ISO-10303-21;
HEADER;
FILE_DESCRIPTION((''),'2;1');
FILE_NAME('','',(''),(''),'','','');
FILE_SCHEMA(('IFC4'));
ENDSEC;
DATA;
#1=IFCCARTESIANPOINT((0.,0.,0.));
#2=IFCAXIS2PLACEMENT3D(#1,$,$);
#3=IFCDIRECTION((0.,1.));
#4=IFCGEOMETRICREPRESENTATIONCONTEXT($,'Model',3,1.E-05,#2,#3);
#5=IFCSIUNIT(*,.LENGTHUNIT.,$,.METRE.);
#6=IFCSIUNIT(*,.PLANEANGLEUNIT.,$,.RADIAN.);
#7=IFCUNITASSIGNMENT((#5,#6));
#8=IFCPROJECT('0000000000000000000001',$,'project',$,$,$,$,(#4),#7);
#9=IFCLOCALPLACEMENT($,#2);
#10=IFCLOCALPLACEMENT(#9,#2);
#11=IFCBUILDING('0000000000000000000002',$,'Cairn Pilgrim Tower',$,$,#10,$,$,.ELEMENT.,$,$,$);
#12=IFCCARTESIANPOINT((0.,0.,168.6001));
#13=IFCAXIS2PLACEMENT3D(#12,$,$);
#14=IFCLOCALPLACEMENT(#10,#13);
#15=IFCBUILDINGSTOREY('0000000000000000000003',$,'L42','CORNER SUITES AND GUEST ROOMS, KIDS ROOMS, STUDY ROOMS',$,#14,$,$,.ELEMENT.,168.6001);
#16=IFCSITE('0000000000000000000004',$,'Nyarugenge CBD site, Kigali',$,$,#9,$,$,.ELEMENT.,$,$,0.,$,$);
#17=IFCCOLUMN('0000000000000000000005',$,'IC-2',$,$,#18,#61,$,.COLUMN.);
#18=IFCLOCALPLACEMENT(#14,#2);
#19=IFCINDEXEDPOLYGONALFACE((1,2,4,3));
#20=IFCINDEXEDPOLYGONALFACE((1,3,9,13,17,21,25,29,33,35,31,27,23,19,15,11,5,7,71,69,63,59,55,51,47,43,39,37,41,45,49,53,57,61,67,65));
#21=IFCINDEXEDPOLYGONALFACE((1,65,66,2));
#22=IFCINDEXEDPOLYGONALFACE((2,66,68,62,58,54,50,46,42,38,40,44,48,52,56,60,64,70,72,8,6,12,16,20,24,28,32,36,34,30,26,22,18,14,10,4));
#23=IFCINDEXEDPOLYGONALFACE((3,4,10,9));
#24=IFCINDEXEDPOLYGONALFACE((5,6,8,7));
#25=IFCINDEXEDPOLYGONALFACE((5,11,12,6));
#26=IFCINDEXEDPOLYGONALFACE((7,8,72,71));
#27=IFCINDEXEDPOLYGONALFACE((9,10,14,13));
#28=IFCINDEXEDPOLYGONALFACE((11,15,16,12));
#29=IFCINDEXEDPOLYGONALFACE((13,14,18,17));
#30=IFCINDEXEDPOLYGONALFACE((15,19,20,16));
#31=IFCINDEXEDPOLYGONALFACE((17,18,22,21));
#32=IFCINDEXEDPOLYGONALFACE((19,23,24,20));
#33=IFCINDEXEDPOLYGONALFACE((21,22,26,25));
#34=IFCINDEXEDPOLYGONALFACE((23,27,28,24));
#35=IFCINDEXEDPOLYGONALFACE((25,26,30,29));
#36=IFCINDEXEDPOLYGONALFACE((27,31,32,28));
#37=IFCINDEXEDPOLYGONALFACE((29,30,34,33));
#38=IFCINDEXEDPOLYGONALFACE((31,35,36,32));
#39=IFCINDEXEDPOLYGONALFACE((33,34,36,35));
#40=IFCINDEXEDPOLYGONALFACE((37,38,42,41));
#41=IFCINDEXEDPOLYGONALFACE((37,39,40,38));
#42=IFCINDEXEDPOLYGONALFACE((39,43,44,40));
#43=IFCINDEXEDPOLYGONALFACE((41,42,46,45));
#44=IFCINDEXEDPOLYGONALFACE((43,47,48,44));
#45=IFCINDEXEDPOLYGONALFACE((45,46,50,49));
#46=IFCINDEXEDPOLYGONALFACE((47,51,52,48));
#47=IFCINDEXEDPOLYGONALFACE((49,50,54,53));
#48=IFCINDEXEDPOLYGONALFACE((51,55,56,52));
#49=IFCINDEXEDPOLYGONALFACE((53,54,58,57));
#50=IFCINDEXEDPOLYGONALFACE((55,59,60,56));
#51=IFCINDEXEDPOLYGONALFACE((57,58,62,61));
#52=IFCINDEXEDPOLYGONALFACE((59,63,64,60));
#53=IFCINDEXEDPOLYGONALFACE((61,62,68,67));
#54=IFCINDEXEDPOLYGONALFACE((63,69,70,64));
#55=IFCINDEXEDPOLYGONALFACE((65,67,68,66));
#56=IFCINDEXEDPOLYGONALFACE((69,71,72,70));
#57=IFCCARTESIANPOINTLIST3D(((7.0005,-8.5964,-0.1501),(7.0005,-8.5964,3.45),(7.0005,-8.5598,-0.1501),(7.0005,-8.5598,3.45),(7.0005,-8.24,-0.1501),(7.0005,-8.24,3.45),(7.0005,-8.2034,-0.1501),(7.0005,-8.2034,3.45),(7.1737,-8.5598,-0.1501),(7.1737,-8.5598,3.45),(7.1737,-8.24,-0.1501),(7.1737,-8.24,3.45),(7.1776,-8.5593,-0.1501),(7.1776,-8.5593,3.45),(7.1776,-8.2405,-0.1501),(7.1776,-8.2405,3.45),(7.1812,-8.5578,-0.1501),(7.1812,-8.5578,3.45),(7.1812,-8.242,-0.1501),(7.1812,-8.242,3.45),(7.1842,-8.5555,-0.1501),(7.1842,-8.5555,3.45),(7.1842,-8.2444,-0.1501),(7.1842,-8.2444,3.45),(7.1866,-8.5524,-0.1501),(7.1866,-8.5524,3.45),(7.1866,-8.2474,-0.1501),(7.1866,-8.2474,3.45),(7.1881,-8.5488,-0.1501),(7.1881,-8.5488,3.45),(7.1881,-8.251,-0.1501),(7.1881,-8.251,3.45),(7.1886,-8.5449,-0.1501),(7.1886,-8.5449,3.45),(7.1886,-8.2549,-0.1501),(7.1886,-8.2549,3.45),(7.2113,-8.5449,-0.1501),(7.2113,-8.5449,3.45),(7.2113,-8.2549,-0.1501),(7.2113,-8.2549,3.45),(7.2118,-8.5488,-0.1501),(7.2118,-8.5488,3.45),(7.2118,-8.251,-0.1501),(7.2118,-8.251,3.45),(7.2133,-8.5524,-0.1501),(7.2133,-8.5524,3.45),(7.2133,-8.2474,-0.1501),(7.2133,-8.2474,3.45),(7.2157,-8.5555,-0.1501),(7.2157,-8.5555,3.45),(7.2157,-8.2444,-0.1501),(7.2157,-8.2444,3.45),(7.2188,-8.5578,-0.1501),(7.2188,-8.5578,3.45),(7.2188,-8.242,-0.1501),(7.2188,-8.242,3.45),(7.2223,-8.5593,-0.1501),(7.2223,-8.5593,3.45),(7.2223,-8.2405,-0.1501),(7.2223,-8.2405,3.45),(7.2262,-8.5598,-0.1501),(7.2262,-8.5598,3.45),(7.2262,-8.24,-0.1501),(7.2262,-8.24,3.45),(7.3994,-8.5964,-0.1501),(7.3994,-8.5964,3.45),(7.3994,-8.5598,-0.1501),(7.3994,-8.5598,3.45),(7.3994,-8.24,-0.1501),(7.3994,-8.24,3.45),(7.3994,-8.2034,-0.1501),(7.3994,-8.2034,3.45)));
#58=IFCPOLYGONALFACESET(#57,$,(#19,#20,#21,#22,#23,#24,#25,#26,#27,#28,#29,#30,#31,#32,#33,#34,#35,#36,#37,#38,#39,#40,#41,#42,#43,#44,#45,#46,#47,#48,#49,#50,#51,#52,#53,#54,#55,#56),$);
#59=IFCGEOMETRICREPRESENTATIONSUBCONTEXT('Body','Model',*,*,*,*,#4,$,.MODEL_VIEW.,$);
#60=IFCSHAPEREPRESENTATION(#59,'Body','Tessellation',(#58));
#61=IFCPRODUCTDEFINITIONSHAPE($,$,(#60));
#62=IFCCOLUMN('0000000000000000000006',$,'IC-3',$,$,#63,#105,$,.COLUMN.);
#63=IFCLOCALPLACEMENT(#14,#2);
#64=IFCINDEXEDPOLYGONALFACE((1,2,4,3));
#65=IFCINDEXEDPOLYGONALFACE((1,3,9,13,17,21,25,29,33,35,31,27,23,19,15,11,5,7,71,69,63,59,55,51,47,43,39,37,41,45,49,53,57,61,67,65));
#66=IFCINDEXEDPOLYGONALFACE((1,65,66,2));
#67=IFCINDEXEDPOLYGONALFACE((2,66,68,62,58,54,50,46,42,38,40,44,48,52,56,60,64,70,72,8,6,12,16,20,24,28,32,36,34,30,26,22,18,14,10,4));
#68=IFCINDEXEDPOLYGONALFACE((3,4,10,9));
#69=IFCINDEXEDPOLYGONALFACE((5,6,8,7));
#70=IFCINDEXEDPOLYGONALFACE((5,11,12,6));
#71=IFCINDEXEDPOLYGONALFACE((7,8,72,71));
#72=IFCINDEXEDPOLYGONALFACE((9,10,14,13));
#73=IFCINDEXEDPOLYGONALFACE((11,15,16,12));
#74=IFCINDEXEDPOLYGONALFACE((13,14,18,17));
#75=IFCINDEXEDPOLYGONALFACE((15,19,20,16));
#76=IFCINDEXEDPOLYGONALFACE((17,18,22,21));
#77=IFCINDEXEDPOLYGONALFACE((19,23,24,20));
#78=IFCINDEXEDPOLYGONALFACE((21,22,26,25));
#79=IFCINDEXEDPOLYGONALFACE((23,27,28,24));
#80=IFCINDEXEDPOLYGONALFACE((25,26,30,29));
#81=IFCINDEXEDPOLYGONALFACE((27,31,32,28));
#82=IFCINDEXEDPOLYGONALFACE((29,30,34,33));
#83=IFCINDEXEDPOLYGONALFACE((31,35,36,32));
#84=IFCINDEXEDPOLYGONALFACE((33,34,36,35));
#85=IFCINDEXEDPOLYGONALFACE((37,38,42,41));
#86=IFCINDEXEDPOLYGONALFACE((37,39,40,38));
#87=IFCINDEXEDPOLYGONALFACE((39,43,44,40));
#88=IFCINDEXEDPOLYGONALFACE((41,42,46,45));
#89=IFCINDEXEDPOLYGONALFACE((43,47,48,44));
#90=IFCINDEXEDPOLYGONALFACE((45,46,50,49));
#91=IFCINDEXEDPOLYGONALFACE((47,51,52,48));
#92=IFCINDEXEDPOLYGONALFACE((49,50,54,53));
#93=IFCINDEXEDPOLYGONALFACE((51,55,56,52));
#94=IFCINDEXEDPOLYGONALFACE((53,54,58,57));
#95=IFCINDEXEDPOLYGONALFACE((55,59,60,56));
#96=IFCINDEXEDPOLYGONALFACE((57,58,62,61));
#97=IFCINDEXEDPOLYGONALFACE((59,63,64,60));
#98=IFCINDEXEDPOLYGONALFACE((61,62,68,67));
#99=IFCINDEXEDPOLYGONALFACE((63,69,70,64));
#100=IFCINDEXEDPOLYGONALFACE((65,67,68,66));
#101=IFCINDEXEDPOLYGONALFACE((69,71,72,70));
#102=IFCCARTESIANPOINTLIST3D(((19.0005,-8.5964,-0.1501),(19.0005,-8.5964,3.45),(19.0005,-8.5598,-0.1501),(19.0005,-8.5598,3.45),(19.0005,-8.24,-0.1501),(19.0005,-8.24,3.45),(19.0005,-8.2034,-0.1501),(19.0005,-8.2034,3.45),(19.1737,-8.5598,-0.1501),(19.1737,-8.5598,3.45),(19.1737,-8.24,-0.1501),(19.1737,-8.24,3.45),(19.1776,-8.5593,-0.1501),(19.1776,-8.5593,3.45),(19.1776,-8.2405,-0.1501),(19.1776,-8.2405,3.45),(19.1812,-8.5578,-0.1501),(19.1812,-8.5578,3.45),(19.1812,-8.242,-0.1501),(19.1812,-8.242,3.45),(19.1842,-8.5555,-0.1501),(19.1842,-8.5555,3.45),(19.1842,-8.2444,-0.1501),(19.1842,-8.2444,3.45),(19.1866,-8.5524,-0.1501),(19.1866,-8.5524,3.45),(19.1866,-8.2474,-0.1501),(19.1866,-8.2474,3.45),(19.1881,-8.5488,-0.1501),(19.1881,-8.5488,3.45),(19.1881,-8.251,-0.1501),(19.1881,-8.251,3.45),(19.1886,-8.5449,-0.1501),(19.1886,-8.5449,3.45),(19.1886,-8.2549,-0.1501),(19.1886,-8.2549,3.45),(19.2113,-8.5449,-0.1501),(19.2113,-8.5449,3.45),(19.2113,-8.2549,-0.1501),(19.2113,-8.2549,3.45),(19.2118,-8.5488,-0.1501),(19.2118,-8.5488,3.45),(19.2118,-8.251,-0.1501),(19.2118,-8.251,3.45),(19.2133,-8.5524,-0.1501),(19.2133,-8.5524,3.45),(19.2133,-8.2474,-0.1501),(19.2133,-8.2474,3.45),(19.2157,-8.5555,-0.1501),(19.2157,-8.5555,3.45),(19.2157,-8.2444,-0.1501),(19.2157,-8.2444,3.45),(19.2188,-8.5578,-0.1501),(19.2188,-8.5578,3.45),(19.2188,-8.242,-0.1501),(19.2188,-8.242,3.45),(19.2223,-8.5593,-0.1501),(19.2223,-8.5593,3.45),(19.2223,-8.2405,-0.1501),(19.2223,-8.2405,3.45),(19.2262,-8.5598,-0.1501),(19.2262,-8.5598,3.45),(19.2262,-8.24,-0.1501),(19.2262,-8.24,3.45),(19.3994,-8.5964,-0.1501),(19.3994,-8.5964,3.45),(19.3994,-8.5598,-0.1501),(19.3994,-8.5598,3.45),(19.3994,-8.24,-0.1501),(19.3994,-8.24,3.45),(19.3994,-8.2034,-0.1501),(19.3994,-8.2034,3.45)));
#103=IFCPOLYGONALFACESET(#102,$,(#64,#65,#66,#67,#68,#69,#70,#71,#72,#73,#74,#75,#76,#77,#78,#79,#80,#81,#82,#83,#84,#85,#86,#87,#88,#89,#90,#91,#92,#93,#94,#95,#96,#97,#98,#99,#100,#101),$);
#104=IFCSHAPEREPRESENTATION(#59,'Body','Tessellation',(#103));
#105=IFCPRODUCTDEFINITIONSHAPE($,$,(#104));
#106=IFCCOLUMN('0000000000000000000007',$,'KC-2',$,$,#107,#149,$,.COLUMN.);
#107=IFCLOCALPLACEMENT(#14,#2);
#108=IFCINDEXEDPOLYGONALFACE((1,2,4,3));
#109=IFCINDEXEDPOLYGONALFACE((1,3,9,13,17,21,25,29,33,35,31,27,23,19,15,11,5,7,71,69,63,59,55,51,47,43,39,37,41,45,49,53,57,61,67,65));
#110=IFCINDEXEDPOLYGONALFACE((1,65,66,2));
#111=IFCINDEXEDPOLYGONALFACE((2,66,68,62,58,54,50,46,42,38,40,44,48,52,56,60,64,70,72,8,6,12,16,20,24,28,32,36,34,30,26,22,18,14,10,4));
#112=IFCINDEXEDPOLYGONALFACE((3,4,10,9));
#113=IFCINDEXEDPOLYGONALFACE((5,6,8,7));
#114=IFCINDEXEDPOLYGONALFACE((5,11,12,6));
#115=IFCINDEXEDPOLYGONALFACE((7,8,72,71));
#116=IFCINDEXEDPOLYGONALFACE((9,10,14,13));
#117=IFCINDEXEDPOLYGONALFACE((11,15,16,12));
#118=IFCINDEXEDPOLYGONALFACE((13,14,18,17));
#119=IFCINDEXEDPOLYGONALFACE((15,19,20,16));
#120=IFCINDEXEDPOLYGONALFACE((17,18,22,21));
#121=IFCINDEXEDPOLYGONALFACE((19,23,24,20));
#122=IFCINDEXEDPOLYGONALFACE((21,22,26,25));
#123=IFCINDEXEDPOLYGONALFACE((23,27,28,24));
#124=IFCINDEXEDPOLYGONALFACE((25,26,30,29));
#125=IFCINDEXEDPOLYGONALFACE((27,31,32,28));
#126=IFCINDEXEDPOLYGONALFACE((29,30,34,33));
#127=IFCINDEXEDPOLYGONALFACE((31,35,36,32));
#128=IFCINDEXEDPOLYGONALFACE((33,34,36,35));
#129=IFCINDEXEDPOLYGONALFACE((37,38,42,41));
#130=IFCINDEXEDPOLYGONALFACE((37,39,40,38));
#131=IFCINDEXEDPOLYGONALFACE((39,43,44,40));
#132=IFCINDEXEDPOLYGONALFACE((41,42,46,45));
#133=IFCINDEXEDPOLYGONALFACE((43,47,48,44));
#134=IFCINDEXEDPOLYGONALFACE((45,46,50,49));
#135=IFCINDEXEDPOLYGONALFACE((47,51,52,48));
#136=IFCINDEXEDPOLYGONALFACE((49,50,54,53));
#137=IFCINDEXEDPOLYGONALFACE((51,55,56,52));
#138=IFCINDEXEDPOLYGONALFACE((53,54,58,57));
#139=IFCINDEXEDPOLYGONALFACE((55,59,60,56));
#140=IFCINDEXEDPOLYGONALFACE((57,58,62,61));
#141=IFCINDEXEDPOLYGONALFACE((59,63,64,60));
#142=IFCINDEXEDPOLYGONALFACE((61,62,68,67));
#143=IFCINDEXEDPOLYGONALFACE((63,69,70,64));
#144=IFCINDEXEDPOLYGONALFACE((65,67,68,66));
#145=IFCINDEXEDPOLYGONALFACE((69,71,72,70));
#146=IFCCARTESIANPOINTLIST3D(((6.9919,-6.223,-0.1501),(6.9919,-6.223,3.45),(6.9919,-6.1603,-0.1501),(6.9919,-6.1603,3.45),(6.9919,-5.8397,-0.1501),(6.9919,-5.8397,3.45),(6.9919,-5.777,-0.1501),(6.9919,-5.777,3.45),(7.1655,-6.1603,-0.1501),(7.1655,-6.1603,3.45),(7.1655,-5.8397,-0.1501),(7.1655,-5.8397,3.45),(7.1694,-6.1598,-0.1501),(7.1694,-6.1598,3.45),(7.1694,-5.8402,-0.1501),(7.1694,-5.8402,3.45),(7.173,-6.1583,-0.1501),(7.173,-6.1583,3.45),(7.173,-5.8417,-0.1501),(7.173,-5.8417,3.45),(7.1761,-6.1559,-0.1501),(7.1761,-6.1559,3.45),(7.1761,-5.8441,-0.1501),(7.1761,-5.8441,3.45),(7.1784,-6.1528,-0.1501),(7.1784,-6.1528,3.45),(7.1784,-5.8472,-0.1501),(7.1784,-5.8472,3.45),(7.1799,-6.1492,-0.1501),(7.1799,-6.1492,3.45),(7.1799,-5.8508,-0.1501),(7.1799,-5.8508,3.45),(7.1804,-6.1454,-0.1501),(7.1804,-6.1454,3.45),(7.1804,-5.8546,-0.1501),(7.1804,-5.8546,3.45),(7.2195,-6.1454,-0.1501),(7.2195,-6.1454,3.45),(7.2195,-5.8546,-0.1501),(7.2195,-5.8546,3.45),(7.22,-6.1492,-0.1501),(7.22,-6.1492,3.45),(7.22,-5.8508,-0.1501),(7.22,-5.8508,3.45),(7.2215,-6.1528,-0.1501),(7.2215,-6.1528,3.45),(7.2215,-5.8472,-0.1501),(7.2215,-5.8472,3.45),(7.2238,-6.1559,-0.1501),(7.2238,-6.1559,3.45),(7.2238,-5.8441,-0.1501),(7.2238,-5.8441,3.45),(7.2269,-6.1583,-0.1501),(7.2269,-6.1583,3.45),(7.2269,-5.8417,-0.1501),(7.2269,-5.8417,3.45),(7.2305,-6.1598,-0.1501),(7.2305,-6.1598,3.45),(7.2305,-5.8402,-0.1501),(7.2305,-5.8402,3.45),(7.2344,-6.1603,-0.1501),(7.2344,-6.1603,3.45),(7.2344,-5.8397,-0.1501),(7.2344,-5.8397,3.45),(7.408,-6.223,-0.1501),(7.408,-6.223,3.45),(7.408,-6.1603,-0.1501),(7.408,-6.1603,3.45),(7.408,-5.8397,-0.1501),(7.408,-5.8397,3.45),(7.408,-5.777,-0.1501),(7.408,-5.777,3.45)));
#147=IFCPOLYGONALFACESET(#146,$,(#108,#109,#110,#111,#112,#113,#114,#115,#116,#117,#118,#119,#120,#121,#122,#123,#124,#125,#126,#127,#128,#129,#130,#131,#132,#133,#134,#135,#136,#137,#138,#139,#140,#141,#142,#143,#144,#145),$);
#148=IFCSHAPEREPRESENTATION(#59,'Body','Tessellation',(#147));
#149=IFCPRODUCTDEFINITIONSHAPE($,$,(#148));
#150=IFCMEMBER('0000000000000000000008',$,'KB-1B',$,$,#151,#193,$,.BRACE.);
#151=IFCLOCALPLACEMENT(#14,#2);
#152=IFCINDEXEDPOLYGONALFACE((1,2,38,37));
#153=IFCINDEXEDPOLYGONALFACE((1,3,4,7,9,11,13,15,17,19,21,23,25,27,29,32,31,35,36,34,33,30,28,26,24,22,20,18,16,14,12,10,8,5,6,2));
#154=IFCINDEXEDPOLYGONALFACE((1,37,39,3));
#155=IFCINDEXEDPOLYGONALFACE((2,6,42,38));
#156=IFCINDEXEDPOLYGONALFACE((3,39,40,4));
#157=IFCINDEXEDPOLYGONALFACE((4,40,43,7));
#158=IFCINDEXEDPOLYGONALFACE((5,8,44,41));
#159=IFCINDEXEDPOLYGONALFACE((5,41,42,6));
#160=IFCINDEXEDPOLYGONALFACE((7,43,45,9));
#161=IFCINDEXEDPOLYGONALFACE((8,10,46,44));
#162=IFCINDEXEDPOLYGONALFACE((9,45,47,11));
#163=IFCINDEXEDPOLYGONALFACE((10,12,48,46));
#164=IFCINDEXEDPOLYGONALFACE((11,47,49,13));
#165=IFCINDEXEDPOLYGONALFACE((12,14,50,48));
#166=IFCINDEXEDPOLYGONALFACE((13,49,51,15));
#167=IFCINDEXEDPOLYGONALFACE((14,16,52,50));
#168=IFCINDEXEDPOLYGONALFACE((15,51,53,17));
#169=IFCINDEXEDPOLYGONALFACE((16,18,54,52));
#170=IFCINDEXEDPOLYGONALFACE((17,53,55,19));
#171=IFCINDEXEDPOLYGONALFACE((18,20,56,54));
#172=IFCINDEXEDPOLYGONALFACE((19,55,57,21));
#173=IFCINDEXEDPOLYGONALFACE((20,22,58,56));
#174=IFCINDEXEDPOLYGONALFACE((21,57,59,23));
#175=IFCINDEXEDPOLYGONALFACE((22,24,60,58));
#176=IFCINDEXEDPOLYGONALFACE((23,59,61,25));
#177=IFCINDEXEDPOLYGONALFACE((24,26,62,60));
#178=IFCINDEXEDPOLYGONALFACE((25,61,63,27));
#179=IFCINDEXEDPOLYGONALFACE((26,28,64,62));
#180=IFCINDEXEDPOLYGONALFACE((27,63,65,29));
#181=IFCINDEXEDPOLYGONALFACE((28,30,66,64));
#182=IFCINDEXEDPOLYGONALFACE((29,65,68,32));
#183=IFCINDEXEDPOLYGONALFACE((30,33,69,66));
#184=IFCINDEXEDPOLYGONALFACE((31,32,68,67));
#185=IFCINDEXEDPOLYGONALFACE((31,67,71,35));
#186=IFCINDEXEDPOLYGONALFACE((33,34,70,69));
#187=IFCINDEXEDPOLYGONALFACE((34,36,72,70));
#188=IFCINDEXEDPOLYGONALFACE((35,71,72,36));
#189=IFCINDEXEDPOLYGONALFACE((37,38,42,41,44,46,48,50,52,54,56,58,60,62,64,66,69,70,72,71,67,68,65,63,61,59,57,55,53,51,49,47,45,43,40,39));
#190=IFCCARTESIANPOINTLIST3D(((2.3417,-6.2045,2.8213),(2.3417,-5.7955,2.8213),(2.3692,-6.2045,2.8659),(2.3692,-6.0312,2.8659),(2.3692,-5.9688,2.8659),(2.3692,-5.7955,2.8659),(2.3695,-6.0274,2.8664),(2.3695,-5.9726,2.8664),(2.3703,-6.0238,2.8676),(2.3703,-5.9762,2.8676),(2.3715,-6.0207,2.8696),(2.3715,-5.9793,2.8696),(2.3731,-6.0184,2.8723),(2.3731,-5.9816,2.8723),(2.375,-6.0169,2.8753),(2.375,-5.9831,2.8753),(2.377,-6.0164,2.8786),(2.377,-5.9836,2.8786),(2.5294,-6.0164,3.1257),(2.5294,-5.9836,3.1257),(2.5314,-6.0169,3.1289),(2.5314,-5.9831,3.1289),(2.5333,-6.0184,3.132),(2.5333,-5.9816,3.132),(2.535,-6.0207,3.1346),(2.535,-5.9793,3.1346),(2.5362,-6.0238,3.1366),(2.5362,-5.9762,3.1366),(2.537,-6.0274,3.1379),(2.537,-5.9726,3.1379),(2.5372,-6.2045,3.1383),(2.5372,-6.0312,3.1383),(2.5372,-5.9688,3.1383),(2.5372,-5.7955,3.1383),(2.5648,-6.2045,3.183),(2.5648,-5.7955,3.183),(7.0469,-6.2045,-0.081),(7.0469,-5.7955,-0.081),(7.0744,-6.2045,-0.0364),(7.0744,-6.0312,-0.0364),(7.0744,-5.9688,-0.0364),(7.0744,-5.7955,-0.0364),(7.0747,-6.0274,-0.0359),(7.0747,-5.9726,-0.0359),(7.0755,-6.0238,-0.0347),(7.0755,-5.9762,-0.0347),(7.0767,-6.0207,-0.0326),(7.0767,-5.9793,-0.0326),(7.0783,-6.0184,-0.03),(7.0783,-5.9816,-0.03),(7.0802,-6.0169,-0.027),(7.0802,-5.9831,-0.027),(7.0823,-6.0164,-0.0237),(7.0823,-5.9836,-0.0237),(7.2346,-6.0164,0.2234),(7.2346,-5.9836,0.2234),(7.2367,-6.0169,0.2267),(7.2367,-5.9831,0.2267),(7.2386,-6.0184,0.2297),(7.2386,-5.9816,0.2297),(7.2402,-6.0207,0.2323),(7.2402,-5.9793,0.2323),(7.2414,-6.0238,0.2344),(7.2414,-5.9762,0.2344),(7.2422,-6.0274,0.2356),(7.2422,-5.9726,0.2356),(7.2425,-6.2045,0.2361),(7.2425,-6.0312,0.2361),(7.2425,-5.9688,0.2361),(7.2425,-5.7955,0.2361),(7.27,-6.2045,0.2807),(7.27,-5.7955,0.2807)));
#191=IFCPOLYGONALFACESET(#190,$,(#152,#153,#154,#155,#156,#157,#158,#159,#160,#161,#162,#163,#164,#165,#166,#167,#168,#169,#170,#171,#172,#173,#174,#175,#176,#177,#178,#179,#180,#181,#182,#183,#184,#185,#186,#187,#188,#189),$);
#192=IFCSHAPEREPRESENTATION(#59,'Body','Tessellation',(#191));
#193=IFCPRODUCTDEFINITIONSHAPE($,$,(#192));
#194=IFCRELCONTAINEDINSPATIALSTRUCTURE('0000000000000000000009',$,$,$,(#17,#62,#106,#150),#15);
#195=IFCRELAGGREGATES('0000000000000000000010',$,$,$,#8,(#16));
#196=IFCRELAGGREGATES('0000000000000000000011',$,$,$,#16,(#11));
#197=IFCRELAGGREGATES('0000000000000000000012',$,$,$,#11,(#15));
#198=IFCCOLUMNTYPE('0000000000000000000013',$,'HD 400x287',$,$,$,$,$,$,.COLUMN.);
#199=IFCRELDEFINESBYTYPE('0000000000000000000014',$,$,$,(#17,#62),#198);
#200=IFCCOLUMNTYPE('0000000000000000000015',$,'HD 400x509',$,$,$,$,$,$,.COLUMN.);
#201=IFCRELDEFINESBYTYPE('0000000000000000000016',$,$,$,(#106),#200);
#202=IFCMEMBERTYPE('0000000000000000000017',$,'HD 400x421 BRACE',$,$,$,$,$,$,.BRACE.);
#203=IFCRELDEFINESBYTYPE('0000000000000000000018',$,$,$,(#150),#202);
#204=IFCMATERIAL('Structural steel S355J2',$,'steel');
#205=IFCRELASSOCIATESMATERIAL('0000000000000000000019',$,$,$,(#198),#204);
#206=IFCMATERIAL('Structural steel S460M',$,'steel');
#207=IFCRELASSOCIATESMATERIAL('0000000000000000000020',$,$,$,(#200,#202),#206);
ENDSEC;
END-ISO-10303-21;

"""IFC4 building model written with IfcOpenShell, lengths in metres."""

from ifc_helpers import new_model, si_unit, direction, frame, origin, origin_2d, place, context, subcontext, project, spatial, i_section, extrude, material, material_profile, profile_set, type_object, element, save


model = new_model("IFC4")

# Units and contexts
model_context = context("Model", 3, precision=1e-05, world=origin(), true_north=direction((0.0, 1.0)))
body_context = subcontext(model_context, "Body", "Model", "MODEL_VIEW")
ifc_project = project(units=[si_unit("LENGTHUNIT", "METRE"), si_unit("PLANEANGLEUNIT", "RADIAN")], contexts=[model_context])

# Site, building, storey
site_placement = place(None, origin())
site = spatial("IfcSite", under=ifc_project, at=site_placement, Name="Nyarugenge CBD site, Kigali", CompositionType="ELEMENT", RefElevation=0.0)
building_placement = place(site_placement, origin())
building = spatial("IfcBuilding", under=site, at=building_placement, Name="Cairn Pilgrim Tower", CompositionType="ELEMENT")
storey_placement = place(building_placement, frame((0.0, 0.0, 168.6001)))
storey = spatial("IfcBuildingStorey", under=building, at=storey_placement, Name="L42", Description="CORNER SUITES AND GUEST ROOMS, KIDS ROOMS, STUDY ROOMS", CompositionType="ELEMENT", Elevation=168.6001)

# Columns
ifc_material_1 = material(Name="Structural steel S355J2", Category="steel")
ifc_material_profile_1 = material_profile(ifc_material_1, i_section(OverallWidth=0.3989, OverallDepth=0.3931, WebThickness=0.0227, FlangeThickness=0.0366, FilletRadius=0.0149, at=origin_2d()), Name="HD 400x287")
ifc_profile_set_1 = profile_set([ifc_material_profile_1], Name="Structural steel S355J2")
column_type_1 = type_object("IfcColumnType", Name="HD 400x287", PredefinedType="COLUMN", material=ifc_profile_set_1)
for number, where, z_axis, x_axis, name in (
    (1, (7.2, -8.3999, -0.1501), (0.0, 0.0, 1.0), (1.0, 0.0, 0.0), "IC-2"),
    (2, (19.2, -8.3999, -0.1501), (0.0, 0.0, 1.0), (1.0, 0.0, 0.0), "IC-3"),
):
    element("IfcColumn", number, at=place(storey_placement, frame(where, z_axis=z_axis, x_axis=x_axis)), inside=storey, type_object=column_type_1, Name=name, PredefinedType="COLUMN", context=body_context, shape_type="SweptSolid", body=[
        extrude(i_section(OverallWidth=0.3989, OverallDepth=0.3931, WebThickness=0.0227, FlangeThickness=0.0366, FilletRadius=0.0149, at=origin_2d()), origin(), (0.0, 0.0, 1.0), 3.6001),
    ])
ifc_material_2 = material(Name="Structural steel S460M", Category="steel")
ifc_material_profile_2 = material_profile(ifc_material_2, i_section(OverallWidth=0.416, OverallDepth=0.446, WebThickness=0.0391, FlangeThickness=0.0627, FilletRadius=0.0149, at=origin_2d()), Name="HD 400x509")
ifc_profile_set_2 = profile_set([ifc_material_profile_2], Name="Structural steel S460M")
column_type_2 = type_object("IfcColumnType", Name="HD 400x509", PredefinedType="COLUMN", material=ifc_profile_set_2)
column_placement = place(storey_placement, frame((7.2, -6.0, -0.1501), z_axis=(0.0, 0.0, 1.0), x_axis=(1.0, 0.0, 0.0)))
element("IfcColumn", 3, at=column_placement, inside=storey, type_object=column_type_2, Name="KC-2", PredefinedType="COLUMN", context=body_context, shape_type="SweptSolid", body=[
    extrude(i_section(OverallWidth=0.416, OverallDepth=0.446, WebThickness=0.0391, FlangeThickness=0.0627, FilletRadius=0.0149, at=origin_2d()), origin(), (0.0, 0.0, 1.0), 3.6001),
])

# Member
ifc_material_profile_3 = material_profile(ifc_material_2, i_section(OverallWidth=0.4089, OverallDepth=0.425, WebThickness=0.0327, FlangeThickness=0.0525, FilletRadius=0.0149, at=origin_2d()), Name="HD 400x421")
ifc_profile_set_3 = profile_set([ifc_material_profile_3], Name="Structural steel S460M")
member_type = type_object("IfcMemberType", Name="HD 400x421 BRACE", PredefinedType="BRACE", material=ifc_profile_set_3)
member_placement = place(storey_placement, frame((7.1584, -6.0, 0.0999), z_axis=(-0.851112, 0.0, 0.524984), x_axis=(0.0, -1.0, 0.0)))
element("IfcMember", 4, at=member_placement, inside=storey, type_object=member_type, Name="KB-1B", PredefinedType="BRACE", context=body_context, shape_type="SweptSolid", body=[
    extrude(i_section(OverallWidth=0.4089, OverallDepth=0.425, WebThickness=0.0327, FlangeThickness=0.0525, FilletRadius=0.0149, at=origin_2d()), origin(), (0.0, 0.0, 1.0), 5.5283),
])

save(model, "model.ifc")
